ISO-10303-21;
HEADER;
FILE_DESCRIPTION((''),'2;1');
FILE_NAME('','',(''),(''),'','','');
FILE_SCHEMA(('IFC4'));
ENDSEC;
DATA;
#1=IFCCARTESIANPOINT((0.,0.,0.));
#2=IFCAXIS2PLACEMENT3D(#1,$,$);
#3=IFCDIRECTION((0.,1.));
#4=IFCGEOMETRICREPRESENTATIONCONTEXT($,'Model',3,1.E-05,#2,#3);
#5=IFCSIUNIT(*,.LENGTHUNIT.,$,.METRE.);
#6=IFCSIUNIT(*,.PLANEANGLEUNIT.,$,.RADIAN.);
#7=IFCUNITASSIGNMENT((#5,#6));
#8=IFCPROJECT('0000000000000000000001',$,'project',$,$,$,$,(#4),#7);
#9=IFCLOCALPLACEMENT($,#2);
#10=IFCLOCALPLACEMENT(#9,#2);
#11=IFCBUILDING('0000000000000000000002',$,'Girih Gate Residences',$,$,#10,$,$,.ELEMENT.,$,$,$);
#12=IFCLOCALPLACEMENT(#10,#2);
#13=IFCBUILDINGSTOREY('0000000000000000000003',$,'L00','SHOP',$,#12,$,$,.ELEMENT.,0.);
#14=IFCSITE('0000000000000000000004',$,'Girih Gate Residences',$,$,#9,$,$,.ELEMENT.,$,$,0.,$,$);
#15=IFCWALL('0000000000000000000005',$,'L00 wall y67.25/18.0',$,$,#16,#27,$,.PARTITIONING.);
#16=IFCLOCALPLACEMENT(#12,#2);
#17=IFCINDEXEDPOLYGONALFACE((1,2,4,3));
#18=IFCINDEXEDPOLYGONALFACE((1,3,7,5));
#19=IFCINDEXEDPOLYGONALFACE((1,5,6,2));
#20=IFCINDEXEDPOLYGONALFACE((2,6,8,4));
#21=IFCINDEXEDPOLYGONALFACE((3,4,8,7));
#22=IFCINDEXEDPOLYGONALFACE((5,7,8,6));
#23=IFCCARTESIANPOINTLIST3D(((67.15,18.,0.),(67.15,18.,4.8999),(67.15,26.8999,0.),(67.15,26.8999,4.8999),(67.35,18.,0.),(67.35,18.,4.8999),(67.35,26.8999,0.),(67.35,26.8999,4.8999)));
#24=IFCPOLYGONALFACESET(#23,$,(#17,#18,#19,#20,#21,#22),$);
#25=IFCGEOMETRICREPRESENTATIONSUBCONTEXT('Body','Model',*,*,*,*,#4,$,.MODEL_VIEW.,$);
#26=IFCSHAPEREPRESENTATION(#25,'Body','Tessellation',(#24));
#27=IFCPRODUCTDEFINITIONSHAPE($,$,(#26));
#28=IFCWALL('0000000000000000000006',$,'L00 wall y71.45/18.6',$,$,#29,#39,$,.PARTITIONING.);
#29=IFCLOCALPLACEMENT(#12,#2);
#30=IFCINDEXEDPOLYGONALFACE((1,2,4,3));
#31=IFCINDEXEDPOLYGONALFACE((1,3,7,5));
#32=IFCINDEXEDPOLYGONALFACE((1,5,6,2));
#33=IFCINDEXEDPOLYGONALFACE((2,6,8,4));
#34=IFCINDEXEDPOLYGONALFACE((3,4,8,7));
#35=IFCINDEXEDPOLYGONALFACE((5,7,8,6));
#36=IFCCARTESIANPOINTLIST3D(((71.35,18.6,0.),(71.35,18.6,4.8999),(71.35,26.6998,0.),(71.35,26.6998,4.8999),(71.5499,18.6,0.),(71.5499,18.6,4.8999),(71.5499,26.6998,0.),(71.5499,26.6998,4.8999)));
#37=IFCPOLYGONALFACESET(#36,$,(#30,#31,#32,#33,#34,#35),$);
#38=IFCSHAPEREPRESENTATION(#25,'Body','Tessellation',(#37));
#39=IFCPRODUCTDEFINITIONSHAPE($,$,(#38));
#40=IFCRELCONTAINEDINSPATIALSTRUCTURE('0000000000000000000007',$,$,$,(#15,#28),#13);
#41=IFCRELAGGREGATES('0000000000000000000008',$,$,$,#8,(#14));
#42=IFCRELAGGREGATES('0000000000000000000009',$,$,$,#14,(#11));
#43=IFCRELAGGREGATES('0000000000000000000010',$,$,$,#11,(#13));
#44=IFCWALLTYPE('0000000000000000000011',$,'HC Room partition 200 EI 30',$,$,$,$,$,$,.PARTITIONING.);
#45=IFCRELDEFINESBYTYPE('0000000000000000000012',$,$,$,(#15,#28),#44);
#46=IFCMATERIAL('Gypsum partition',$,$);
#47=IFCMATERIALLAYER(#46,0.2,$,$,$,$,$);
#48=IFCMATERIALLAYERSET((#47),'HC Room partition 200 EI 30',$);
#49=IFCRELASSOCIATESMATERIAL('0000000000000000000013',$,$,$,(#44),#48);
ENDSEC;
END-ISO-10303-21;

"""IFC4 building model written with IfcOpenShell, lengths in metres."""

from ifc_helpers import new_model, si_unit, direction, frame, frame_2d, origin, place, context, subcontext, project, spatial, rectangle, extrude, material, layer, layer_set, type_object, element, save


model = new_model("IFC4")

# Units and contexts
model_context = context("Model", 3, precision=1e-05, world=origin(), true_north=direction((0.0, 1.0)))
body_context = subcontext(model_context, "Body", "Model", "MODEL_VIEW")
ifc_project = project(units=[si_unit("LENGTHUNIT", "METRE"), si_unit("PLANEANGLEUNIT", "RADIAN")], contexts=[model_context])

# Site, building, storey
site_placement = place(None, origin())
site = spatial("IfcSite", under=ifc_project, at=site_placement, Name="Girih Gate Residences", CompositionType="ELEMENT", RefElevation=0.0)
building_placement = place(site_placement, origin())
building = spatial("IfcBuilding", under=site, at=building_placement, Name="Girih Gate Residences", CompositionType="ELEMENT")
storey_placement = place(building_placement, origin())
storey = spatial("IfcBuildingStorey", under=building, at=storey_placement, Name="L00", Description="SHOP", CompositionType="ELEMENT", Elevation=0.0)

# Walls
ifc_material_1 = material(Name="Gypsum partition")
ifc_layer_1 = layer(ifc_material_1, 0.2)
ifc_layer_set_1 = layer_set([ifc_layer_1], Name="HC Room partition 200 EI 30")
wall_type_1 = type_object("IfcWallType", Name="HC Room partition 200 EI 30", PredefinedType="PARTITIONING", material=ifc_layer_set_1)
for number, where, z_axis, x_axis, name in (
    (1, (67.25, 18.0, 0.0), (0.0, 0.0, 1.0), (0.0, 1.0, 0.0), "L00 wall y67.25/18.0"),
):
    element("IfcWall", number, at=place(storey_placement, frame(where, z_axis=z_axis, x_axis=x_axis)), inside=storey, type_object=wall_type_1, Name=name, PredefinedType="PARTITIONING", context=body_context, shape_type="SweptSolid", body=[
        extrude(rectangle(XDim=8.8999, YDim=0.2, at=frame_2d((4.45, 0.0))), origin(), (0.0, 0.0, 1.0), 4.8999),
    ])
wall_1_placement = place(storey_placement, frame((71.45, 18.6001, 0.0), z_axis=(0.0, 0.0, 1.0), x_axis=(0.0, 1.0, 0.0)))
element("IfcWall", 2, at=wall_1_placement, inside=storey, type_object=wall_type_1, Name="L00 wall y71.45/18.6", PredefinedType="PARTITIONING", context=body_context, shape_type="SweptSolid", body=[
    extrude(rectangle(XDim=8.0999, YDim=0.2, at=frame_2d((4.0498, 0.0))), origin(), (0.0, 0.0, 1.0), 4.8999),
])

save(model, "model.ifc")
